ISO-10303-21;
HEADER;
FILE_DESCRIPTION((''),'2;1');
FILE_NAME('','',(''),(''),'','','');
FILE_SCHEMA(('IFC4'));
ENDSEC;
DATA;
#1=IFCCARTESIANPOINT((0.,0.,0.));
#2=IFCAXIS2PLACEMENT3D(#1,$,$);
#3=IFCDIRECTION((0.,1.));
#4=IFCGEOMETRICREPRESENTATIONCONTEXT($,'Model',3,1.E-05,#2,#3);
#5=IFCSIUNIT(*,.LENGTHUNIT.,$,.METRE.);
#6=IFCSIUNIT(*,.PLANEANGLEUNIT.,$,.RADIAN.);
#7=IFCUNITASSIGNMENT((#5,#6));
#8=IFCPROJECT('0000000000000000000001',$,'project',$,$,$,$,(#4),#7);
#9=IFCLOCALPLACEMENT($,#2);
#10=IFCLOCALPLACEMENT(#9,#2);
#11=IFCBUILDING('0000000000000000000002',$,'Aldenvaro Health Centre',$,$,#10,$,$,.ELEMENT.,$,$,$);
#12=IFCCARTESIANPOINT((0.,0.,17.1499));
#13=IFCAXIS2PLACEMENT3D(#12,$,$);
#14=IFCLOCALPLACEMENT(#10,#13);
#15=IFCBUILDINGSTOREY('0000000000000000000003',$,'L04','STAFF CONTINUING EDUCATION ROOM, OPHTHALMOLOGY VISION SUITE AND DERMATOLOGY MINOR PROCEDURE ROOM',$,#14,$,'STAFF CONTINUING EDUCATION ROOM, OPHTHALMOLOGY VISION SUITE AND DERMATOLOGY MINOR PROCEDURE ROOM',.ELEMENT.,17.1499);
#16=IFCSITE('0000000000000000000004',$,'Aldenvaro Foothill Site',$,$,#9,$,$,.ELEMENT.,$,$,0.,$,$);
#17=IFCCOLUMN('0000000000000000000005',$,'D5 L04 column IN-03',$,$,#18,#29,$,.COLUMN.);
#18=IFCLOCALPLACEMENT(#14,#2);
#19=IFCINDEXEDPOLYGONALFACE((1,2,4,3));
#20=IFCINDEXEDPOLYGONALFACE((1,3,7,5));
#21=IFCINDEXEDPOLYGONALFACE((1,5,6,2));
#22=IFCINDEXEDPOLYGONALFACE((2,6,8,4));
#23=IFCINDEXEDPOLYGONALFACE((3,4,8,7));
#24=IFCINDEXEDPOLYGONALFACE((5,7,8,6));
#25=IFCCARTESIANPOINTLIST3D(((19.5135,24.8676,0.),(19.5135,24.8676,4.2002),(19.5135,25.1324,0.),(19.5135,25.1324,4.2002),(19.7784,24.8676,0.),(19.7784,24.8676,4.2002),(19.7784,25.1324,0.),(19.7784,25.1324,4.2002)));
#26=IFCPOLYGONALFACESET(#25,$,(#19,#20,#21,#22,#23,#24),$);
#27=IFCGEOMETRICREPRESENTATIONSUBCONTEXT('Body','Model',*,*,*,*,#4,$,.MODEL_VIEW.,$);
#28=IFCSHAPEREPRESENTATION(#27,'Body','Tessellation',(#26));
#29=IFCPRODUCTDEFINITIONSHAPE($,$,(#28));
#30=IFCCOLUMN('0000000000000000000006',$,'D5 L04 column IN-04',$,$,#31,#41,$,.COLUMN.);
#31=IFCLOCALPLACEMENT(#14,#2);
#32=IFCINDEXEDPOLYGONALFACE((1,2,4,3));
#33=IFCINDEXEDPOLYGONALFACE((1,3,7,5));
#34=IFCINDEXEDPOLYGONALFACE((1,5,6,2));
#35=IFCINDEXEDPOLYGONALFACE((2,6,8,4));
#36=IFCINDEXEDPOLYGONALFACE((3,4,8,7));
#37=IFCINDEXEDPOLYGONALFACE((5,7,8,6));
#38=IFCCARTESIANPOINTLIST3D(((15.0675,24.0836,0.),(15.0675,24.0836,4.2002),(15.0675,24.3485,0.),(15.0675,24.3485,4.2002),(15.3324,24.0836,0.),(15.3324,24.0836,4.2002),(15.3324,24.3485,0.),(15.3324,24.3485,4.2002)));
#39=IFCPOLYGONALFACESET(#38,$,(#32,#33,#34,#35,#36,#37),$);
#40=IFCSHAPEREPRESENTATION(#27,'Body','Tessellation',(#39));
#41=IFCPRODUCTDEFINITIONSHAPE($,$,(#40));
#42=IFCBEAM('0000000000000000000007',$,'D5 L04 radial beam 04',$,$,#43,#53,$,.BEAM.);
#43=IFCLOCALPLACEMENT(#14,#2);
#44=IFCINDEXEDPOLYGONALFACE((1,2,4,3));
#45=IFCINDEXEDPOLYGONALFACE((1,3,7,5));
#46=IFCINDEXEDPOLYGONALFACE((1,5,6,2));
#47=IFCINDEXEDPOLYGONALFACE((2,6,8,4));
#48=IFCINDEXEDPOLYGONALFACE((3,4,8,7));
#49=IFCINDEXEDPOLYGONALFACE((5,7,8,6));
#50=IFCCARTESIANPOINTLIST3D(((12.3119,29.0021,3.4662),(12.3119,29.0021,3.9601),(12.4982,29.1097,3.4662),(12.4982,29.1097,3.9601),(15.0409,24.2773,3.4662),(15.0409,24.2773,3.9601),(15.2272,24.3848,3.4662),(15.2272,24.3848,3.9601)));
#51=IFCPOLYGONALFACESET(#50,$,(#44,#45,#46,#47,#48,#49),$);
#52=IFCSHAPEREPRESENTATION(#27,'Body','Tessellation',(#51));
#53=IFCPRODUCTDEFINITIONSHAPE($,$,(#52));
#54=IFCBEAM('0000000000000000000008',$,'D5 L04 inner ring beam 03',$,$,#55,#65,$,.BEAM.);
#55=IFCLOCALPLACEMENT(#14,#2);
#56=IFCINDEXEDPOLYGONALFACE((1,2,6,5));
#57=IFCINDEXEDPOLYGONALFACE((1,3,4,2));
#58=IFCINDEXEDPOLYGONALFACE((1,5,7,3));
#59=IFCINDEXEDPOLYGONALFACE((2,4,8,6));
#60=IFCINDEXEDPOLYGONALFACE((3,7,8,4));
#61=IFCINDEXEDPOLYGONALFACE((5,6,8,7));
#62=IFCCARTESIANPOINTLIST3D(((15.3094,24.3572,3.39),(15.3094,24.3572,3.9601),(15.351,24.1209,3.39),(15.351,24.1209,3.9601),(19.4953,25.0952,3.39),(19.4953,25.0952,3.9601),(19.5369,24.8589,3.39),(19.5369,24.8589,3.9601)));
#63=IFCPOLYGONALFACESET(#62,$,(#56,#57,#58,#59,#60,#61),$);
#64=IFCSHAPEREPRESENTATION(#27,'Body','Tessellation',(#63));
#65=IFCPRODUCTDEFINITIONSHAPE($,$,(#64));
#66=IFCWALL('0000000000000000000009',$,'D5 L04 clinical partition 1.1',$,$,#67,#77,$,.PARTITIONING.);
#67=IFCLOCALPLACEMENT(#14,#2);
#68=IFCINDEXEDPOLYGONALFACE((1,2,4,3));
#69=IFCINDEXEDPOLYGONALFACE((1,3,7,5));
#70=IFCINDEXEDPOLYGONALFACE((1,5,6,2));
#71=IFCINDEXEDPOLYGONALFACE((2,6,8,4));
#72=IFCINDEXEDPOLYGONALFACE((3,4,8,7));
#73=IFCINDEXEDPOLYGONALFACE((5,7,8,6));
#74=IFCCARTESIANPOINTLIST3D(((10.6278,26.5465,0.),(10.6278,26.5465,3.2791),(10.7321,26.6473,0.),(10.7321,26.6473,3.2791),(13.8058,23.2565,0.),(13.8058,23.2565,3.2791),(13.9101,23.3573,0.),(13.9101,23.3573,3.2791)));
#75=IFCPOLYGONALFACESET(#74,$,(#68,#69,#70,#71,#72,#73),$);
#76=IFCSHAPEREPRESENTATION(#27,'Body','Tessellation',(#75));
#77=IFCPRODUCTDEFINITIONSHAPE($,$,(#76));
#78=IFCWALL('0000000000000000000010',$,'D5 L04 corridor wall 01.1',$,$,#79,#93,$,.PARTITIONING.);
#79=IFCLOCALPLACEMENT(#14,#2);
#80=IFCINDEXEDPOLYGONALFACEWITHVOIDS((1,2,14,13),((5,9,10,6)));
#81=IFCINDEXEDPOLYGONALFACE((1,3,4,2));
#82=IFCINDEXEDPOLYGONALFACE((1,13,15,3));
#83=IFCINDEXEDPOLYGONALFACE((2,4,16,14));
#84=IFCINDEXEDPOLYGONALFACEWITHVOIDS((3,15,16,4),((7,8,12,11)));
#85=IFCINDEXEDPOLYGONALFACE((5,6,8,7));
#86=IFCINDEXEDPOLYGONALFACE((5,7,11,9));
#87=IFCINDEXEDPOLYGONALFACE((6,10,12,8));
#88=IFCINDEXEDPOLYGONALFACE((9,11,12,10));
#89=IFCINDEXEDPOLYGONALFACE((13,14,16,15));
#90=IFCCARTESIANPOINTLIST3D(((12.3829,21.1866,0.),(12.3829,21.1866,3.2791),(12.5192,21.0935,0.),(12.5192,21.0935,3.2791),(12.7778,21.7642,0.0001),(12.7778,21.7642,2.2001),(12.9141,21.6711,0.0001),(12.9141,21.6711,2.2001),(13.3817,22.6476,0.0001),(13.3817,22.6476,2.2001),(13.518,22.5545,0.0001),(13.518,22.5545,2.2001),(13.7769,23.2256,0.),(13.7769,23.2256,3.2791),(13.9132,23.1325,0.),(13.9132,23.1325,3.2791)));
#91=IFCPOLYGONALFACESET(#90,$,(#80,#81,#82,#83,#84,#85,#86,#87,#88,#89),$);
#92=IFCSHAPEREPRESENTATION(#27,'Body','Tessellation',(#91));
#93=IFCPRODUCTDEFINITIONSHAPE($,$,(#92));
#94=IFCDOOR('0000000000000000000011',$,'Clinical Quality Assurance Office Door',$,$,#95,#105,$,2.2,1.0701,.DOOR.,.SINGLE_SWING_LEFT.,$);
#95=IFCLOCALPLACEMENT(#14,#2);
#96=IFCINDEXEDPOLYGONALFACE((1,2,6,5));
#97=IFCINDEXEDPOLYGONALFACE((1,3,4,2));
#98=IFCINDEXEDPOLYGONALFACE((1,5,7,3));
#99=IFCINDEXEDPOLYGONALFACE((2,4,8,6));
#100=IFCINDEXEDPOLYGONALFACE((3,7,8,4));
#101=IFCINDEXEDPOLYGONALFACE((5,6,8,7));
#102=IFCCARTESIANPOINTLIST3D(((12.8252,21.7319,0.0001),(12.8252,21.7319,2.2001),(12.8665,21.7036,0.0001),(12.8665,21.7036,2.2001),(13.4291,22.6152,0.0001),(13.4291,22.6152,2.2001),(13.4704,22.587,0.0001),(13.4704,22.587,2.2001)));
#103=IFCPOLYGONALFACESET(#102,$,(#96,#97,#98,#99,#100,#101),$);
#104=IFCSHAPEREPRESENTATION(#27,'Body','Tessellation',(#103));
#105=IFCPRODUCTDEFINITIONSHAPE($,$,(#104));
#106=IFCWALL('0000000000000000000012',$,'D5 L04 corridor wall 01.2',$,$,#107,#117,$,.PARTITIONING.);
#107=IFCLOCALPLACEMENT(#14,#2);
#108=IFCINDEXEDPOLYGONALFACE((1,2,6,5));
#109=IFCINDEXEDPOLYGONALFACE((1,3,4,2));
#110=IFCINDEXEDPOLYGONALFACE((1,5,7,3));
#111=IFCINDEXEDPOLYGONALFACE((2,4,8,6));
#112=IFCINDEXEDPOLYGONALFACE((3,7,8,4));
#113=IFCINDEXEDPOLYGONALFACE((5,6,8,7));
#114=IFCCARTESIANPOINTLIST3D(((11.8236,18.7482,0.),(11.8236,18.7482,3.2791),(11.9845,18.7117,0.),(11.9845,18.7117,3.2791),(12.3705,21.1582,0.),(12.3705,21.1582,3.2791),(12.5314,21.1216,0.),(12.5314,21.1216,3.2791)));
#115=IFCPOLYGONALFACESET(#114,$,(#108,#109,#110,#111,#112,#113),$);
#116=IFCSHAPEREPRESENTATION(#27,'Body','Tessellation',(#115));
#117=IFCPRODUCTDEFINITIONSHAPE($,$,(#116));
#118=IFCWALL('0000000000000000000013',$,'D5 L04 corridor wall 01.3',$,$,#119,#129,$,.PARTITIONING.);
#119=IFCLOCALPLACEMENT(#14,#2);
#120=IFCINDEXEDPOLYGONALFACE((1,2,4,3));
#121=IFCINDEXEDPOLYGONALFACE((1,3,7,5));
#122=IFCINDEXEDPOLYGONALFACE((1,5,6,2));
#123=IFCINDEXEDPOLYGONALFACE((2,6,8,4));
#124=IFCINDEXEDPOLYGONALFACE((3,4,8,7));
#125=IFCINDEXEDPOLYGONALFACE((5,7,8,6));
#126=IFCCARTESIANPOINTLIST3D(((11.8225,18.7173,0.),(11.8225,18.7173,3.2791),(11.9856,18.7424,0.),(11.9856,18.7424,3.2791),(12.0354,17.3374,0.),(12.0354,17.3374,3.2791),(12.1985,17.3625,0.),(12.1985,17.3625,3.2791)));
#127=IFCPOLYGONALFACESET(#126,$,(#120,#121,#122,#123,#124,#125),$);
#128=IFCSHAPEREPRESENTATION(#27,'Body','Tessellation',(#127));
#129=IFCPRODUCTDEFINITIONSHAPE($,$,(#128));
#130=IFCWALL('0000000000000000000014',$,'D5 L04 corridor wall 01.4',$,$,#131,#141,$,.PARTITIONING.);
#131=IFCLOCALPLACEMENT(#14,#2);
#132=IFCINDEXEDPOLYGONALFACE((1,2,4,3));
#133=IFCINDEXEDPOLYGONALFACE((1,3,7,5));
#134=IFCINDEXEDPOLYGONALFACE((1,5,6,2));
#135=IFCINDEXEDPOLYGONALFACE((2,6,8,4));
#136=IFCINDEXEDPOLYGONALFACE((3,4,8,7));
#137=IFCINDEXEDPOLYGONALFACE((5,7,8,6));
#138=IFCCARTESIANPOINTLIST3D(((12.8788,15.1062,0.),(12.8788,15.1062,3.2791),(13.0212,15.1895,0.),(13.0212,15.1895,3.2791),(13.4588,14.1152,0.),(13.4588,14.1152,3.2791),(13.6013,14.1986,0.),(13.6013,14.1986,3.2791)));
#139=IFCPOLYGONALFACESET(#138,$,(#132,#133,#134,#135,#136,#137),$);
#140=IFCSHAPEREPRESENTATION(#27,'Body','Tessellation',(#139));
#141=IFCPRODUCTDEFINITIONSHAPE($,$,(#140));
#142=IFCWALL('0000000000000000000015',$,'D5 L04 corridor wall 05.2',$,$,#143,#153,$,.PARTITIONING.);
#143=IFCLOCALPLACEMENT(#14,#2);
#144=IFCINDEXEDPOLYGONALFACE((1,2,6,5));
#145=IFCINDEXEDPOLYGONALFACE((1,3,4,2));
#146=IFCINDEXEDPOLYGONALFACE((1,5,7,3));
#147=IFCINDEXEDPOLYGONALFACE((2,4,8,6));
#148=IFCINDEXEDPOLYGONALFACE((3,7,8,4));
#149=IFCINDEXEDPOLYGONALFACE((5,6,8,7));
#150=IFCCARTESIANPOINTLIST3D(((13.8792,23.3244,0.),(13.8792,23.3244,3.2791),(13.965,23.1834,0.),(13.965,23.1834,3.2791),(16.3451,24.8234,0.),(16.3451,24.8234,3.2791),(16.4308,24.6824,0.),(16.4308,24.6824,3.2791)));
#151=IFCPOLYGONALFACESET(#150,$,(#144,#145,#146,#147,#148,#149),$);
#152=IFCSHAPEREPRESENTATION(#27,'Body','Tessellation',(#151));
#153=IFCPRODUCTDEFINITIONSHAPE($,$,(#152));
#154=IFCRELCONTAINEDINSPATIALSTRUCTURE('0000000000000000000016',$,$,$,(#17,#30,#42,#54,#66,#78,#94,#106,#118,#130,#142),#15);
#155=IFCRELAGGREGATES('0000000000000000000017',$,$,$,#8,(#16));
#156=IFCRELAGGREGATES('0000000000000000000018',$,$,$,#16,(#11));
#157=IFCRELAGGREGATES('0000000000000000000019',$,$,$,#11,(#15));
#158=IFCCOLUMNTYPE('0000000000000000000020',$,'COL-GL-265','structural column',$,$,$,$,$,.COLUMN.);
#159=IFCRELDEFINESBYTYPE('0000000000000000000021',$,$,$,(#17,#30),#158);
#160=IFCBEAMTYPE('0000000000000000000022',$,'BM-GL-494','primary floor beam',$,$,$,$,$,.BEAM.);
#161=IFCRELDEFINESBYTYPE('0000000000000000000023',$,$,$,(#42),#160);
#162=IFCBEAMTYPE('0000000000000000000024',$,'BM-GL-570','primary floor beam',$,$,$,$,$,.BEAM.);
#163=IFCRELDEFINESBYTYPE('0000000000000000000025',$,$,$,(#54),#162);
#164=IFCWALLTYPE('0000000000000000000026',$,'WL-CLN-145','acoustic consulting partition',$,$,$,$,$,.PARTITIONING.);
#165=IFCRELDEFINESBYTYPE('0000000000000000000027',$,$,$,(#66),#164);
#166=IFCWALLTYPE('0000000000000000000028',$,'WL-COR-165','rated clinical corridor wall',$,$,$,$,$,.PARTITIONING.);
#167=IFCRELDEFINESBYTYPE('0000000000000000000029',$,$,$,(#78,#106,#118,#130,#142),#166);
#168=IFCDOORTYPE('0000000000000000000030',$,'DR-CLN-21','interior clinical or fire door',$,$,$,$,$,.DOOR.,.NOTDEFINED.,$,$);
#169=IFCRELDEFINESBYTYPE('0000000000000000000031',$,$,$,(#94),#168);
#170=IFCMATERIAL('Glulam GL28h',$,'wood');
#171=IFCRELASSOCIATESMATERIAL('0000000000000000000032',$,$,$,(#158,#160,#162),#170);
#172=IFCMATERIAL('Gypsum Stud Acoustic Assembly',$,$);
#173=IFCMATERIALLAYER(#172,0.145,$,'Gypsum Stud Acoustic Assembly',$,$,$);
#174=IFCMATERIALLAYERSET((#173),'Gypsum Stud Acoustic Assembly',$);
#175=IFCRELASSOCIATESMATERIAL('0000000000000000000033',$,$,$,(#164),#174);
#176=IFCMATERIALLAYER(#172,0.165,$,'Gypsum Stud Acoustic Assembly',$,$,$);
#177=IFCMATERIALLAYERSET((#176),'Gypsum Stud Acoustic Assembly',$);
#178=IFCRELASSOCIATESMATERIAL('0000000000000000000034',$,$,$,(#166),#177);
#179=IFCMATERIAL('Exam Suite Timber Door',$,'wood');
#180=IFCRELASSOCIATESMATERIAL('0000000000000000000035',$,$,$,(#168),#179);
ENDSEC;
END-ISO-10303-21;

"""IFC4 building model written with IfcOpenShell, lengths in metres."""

from ifc_helpers import new_model, si_unit, direction, frame, frame_2d, origin, origin_2d, place, context, subcontext, project, spatial, rectangle, extrude, material, layer, layer_set, material_profile, profile_set, type_object, element, fill, save


model = new_model("IFC4")

# Units and contexts
model_context = context("Model", 3, precision=1e-05, world=origin(), true_north=direction((0.0, 1.0)))
body_context = subcontext(model_context, "Body", "Model", "MODEL_VIEW")
ifc_project = project(units=[si_unit("LENGTHUNIT", "METRE"), si_unit("PLANEANGLEUNIT", "RADIAN")], contexts=[model_context])

# Site, building, storey
site_placement = place(None, origin())
site = spatial("IfcSite", under=ifc_project, at=site_placement, Name="Aldenvaro Foothill Site", CompositionType="ELEMENT", RefElevation=0.0)
building_placement = place(site_placement, origin())
building = spatial("IfcBuilding", under=site, at=building_placement, Name="Aldenvaro Health Centre", CompositionType="ELEMENT")
storey_placement = place(building_placement, frame((0.0, 0.0, 17.1499)))
storey = spatial("IfcBuildingStorey", under=building, at=storey_placement, Name="L04", Description="STAFF CONTINUING EDUCATION ROOM, OPHTHALMOLOGY VISION SUITE AND DERMATOLOGY MINOR PROCEDURE ROOM", LongName="STAFF CONTINUING EDUCATION ROOM, OPHTHALMOLOGY VISION SUITE AND DERMATOLOGY MINOR PROCEDURE ROOM", CompositionType="ELEMENT", Elevation=17.1499)

# Columns
ifc_material_1 = material(Name="Glulam GL28h", Category="wood")
ifc_material_profile_1 = material_profile(ifc_material_1, rectangle(XDim=0.2649, YDim=0.2649, at=origin_2d()), Name="GL 265x265", Category="wood")
ifc_profile_set_1 = profile_set([ifc_material_profile_1], Name="Glulam GL28h")
column_type = type_object("IfcColumnType", Name="COL-GL-265", Description="structural column", PredefinedType="COLUMN", material=ifc_profile_set_1)
for number, where, z_axis, x_axis, name in (
    (1, (19.646, 25.0, 0.0), (0.0, 0.0, 1.0), (1.0, 0.0, 0.0), "D5 L04 column IN-03"),
    (2, (15.2, 24.2161, 0.0), (0.0, 0.0, 1.0), (1.0, 0.0, 0.0), "D5 L04 column IN-04"),
):
    element("IfcColumn", number, at=place(storey_placement, frame(where, z_axis=z_axis, x_axis=x_axis)), inside=storey, type_object=column_type, Name=name, PredefinedType="COLUMN", context=body_context, shape_type="SweptSolid", body=[
        extrude(rectangle(XDim=0.2649, YDim=0.2649, at=origin_2d()), origin(), (0.0, 0.0, 1.0), 4.2002),
    ])

# Beams
ifc_material_profile_2 = material_profile(ifc_material_1, rectangle(XDim=0.2151, YDim=0.4939, at=origin_2d()), Name="GL 215x494", Category="wood")
ifc_profile_set_2 = profile_set([ifc_material_profile_2], Name="Glulam GL28h")
beam_type_1 = type_object("IfcBeamType", Name="BM-GL-494", Description="primary floor beam", PredefinedType="BEAM", material=ifc_profile_set_2)
beam_1_placement = place(storey_placement, frame((15.134, 24.3311, 3.7131), z_axis=(-0.500152, 0.865937, 0.0), x_axis=(-0.865937, -0.500152, 0.0)))
element("IfcBeam", 3, at=beam_1_placement, inside=storey, type_object=beam_type_1, Name="D5 L04 radial beam 04", PredefinedType="BEAM", context=body_context, shape_type="SweptSolid", body=[
    extrude(rectangle(XDim=0.2151, YDim=0.4939, at=origin_2d()), origin(), (0.0, 0.0, 1.0), 5.4563),
])
ifc_material_profile_3 = material_profile(ifc_material_1, rectangle(XDim=0.24, YDim=0.5701, at=origin_2d()), Name="GL 240x570", Category="wood")
ifc_profile_set_3 = profile_set([ifc_material_profile_3], Name="Glulam GL28h")
beam_type_2 = type_object("IfcBeamType", Name="BM-GL-570", Description="primary floor beam", PredefinedType="BEAM", material=ifc_profile_set_3)
beam_2_placement = place(storey_placement, frame((19.5161, 24.9771, 3.675), z_axis=(-0.984811, -0.173631, 0.0), x_axis=(0.173631, -0.984811, 0.0)))
element("IfcBeam", 4, at=beam_2_placement, inside=storey, type_object=beam_type_2, Name="D5 L04 inner ring beam 03", PredefinedType="BEAM", context=body_context, shape_type="SweptSolid", body=[
    extrude(rectangle(XDim=0.24, YDim=0.5701, at=origin_2d()), origin(), (0.0, 0.0, 1.0), 4.2505),
])

# Wall
ifc_material_2 = material(Name="Gypsum Stud Acoustic Assembly")
ifc_layer_1 = layer(ifc_material_2, 0.145, Name="Gypsum Stud Acoustic Assembly")
ifc_layer_set_1 = layer_set([ifc_layer_1], Name="Gypsum Stud Acoustic Assembly")
wall_type_1 = type_object("IfcWallType", Name="WL-CLN-145", Description="acoustic consulting partition", PredefinedType="PARTITIONING", material=ifc_layer_set_1)
wall_1_placement = place(storey_placement, frame((13.8579, 23.3069, 0.0), z_axis=(0.0, 0.0, 1.0), x_axis=(-0.694752, 0.71925, 0.0)))
element("IfcWall", 5, at=wall_1_placement, inside=storey, type_object=wall_type_1, Name="D5 L04 clinical partition 1.1", PredefinedType="PARTITIONING", context=body_context, shape_type="SweptSolid", body=[
    extrude(rectangle(XDim=4.5742, YDim=0.145, at=frame_2d((2.2871, 0.0))), origin(), (0.0, 0.0, 1.0), 3.2791),
])

# Wall, opening, door
ifc_layer_2 = layer(ifc_material_2, 0.165, Name="Gypsum Stud Acoustic Assembly")
ifc_layer_set_2 = layer_set([ifc_layer_2], Name="Gypsum Stud Acoustic Assembly")
wall_type_2 = type_object("IfcWallType", Name="WL-COR-165", Description="rated clinical corridor wall", PredefinedType="PARTITIONING", material=ifc_layer_set_2)
wall_2_placement = place(storey_placement, frame((13.845, 23.179, 0.0), z_axis=(0.0, 0.0, 1.0), x_axis=(-0.564379, -0.825516, 0.0)))
wall_2 = element("IfcWall", 6, at=wall_2_placement, inside=storey, type_object=wall_type_2, Name="D5 L04 corridor wall 01.1", PredefinedType="PARTITIONING", context=body_context, shape_type="SweptSolid", body=[
    extrude(rectangle(XDim=2.47, YDim=0.165, at=frame_2d((1.2349, 0.0))), origin(), (0.0, 0.0, 1.0), 3.2791),
])
opening_1_placement = place(wall_2_placement, frame((0.7, 0.0, 0.0)))
opening_1 = element("IfcOpeningElement", 7, at=opening_1_placement, cuts=wall_2, PredefinedType="OPENING", context=body_context, shape_type="SweptSolid", body=[
    extrude(rectangle(XDim=1.0701, YDim=2.2, at=frame_2d((0.5352, 1.1001))), frame((0.0, 0.0925, 0.0), z_axis=(0.0, -1.0, 0.0), x_axis=(1.0, 0.0, 0.0)), (0.0, 0.0, 1.0), 0.1851),
])
ifc_material_3 = material(Name="Exam Suite Timber Door", Category="wood")
door_type_1 = type_object("IfcDoorType", Name="DR-CLN-21", Description="interior clinical or fire door", OperationType="NOTDEFINED", PredefinedType="DOOR", material=ifc_material_3)
door_1_placement = place(opening_1_placement, origin())
door_1 = element("IfcDoor", 8, at=door_1_placement, inside=storey, type_object=door_type_1, Name="Clinical Quality Assurance Office Door", OperationType="SINGLE_SWING_LEFT", OverallHeight=2.2, OverallWidth=1.0701, PredefinedType="DOOR", context=body_context, shape_type="SweptSolid", body=[
    extrude(rectangle(XDim=1.0701, YDim=2.2, at=frame_2d((0.5352, 1.1001))), frame((0.0, 0.0249, 0.0), z_axis=(0.0, -1.0, 0.0), x_axis=(1.0, 0.0, 0.0)), (0.0, 0.0, 1.0), 0.05),
])
fill(opening_1, door_1)

# Walls
wall_3_placement = place(storey_placement, frame((12.4509, 21.1399, 0.0), z_axis=(0.0, 0.0, 1.0), x_axis=(-0.221301, -0.975206, 0.0)))
element("IfcWall", 9, at=wall_3_placement, inside=storey, type_object=wall_type_2, Name="D5 L04 corridor wall 01.2", PredefinedType="PARTITIONING", context=body_context, shape_type="SweptSolid", body=[
    extrude(rectangle(XDim=2.4712, YDim=0.165, at=frame_2d((1.2356, 0.0))), origin(), (0.0, 0.0, 1.0), 3.2791),
])
wall_4_placement = place(storey_placement, frame((11.9041, 18.73, 0.0), z_axis=(0.0, 0.0, 1.0), x_axis=(0.152478, -0.988307, 0.0)))
element("IfcWall", 10, at=wall_4_placement, inside=storey, type_object=wall_type_2, Name="D5 L04 corridor wall 01.3", PredefinedType="PARTITIONING", context=body_context, shape_type="SweptSolid", body=[
    extrude(rectangle(XDim=1.3962, YDim=0.165, at=frame_2d((0.6982, 0.0))), origin(), (0.0, 0.0, 1.0), 3.2791),
])
wall_5_placement = place(storey_placement, frame((12.95, 15.1479, 0.0), z_axis=(0.0, 0.0, 1.0), x_axis=(0.505179, -0.863014, 0.0)))
element("IfcWall", 11, at=wall_5_placement, inside=storey, type_object=wall_type_2, Name="D5 L04 corridor wall 01.4", PredefinedType="PARTITIONING", context=body_context, shape_type="SweptSolid", body=[
    extrude(rectangle(XDim=1.1482, YDim=0.165, at=frame_2d((0.5742, 0.0))), origin(), (0.0, 0.0, 1.0), 3.2791),
])
wall_6_placement = place(storey_placement, frame((16.3879, 24.7529, 0.0), z_axis=(0.0, 0.0, 1.0), x_axis=(-0.854492, -0.519464, 0.0)))
element("IfcWall", 12, at=wall_6_placement, inside=storey, type_object=wall_type_2, Name="D5 L04 corridor wall 05.2", PredefinedType="PARTITIONING", context=body_context, shape_type="SweptSolid", body=[
    extrude(rectangle(XDim=2.8857, YDim=0.165, at=frame_2d((1.4429, 0.0))), origin(), (0.0, 0.0, 1.0), 3.2791),
])

save(model, "model.ifc")
